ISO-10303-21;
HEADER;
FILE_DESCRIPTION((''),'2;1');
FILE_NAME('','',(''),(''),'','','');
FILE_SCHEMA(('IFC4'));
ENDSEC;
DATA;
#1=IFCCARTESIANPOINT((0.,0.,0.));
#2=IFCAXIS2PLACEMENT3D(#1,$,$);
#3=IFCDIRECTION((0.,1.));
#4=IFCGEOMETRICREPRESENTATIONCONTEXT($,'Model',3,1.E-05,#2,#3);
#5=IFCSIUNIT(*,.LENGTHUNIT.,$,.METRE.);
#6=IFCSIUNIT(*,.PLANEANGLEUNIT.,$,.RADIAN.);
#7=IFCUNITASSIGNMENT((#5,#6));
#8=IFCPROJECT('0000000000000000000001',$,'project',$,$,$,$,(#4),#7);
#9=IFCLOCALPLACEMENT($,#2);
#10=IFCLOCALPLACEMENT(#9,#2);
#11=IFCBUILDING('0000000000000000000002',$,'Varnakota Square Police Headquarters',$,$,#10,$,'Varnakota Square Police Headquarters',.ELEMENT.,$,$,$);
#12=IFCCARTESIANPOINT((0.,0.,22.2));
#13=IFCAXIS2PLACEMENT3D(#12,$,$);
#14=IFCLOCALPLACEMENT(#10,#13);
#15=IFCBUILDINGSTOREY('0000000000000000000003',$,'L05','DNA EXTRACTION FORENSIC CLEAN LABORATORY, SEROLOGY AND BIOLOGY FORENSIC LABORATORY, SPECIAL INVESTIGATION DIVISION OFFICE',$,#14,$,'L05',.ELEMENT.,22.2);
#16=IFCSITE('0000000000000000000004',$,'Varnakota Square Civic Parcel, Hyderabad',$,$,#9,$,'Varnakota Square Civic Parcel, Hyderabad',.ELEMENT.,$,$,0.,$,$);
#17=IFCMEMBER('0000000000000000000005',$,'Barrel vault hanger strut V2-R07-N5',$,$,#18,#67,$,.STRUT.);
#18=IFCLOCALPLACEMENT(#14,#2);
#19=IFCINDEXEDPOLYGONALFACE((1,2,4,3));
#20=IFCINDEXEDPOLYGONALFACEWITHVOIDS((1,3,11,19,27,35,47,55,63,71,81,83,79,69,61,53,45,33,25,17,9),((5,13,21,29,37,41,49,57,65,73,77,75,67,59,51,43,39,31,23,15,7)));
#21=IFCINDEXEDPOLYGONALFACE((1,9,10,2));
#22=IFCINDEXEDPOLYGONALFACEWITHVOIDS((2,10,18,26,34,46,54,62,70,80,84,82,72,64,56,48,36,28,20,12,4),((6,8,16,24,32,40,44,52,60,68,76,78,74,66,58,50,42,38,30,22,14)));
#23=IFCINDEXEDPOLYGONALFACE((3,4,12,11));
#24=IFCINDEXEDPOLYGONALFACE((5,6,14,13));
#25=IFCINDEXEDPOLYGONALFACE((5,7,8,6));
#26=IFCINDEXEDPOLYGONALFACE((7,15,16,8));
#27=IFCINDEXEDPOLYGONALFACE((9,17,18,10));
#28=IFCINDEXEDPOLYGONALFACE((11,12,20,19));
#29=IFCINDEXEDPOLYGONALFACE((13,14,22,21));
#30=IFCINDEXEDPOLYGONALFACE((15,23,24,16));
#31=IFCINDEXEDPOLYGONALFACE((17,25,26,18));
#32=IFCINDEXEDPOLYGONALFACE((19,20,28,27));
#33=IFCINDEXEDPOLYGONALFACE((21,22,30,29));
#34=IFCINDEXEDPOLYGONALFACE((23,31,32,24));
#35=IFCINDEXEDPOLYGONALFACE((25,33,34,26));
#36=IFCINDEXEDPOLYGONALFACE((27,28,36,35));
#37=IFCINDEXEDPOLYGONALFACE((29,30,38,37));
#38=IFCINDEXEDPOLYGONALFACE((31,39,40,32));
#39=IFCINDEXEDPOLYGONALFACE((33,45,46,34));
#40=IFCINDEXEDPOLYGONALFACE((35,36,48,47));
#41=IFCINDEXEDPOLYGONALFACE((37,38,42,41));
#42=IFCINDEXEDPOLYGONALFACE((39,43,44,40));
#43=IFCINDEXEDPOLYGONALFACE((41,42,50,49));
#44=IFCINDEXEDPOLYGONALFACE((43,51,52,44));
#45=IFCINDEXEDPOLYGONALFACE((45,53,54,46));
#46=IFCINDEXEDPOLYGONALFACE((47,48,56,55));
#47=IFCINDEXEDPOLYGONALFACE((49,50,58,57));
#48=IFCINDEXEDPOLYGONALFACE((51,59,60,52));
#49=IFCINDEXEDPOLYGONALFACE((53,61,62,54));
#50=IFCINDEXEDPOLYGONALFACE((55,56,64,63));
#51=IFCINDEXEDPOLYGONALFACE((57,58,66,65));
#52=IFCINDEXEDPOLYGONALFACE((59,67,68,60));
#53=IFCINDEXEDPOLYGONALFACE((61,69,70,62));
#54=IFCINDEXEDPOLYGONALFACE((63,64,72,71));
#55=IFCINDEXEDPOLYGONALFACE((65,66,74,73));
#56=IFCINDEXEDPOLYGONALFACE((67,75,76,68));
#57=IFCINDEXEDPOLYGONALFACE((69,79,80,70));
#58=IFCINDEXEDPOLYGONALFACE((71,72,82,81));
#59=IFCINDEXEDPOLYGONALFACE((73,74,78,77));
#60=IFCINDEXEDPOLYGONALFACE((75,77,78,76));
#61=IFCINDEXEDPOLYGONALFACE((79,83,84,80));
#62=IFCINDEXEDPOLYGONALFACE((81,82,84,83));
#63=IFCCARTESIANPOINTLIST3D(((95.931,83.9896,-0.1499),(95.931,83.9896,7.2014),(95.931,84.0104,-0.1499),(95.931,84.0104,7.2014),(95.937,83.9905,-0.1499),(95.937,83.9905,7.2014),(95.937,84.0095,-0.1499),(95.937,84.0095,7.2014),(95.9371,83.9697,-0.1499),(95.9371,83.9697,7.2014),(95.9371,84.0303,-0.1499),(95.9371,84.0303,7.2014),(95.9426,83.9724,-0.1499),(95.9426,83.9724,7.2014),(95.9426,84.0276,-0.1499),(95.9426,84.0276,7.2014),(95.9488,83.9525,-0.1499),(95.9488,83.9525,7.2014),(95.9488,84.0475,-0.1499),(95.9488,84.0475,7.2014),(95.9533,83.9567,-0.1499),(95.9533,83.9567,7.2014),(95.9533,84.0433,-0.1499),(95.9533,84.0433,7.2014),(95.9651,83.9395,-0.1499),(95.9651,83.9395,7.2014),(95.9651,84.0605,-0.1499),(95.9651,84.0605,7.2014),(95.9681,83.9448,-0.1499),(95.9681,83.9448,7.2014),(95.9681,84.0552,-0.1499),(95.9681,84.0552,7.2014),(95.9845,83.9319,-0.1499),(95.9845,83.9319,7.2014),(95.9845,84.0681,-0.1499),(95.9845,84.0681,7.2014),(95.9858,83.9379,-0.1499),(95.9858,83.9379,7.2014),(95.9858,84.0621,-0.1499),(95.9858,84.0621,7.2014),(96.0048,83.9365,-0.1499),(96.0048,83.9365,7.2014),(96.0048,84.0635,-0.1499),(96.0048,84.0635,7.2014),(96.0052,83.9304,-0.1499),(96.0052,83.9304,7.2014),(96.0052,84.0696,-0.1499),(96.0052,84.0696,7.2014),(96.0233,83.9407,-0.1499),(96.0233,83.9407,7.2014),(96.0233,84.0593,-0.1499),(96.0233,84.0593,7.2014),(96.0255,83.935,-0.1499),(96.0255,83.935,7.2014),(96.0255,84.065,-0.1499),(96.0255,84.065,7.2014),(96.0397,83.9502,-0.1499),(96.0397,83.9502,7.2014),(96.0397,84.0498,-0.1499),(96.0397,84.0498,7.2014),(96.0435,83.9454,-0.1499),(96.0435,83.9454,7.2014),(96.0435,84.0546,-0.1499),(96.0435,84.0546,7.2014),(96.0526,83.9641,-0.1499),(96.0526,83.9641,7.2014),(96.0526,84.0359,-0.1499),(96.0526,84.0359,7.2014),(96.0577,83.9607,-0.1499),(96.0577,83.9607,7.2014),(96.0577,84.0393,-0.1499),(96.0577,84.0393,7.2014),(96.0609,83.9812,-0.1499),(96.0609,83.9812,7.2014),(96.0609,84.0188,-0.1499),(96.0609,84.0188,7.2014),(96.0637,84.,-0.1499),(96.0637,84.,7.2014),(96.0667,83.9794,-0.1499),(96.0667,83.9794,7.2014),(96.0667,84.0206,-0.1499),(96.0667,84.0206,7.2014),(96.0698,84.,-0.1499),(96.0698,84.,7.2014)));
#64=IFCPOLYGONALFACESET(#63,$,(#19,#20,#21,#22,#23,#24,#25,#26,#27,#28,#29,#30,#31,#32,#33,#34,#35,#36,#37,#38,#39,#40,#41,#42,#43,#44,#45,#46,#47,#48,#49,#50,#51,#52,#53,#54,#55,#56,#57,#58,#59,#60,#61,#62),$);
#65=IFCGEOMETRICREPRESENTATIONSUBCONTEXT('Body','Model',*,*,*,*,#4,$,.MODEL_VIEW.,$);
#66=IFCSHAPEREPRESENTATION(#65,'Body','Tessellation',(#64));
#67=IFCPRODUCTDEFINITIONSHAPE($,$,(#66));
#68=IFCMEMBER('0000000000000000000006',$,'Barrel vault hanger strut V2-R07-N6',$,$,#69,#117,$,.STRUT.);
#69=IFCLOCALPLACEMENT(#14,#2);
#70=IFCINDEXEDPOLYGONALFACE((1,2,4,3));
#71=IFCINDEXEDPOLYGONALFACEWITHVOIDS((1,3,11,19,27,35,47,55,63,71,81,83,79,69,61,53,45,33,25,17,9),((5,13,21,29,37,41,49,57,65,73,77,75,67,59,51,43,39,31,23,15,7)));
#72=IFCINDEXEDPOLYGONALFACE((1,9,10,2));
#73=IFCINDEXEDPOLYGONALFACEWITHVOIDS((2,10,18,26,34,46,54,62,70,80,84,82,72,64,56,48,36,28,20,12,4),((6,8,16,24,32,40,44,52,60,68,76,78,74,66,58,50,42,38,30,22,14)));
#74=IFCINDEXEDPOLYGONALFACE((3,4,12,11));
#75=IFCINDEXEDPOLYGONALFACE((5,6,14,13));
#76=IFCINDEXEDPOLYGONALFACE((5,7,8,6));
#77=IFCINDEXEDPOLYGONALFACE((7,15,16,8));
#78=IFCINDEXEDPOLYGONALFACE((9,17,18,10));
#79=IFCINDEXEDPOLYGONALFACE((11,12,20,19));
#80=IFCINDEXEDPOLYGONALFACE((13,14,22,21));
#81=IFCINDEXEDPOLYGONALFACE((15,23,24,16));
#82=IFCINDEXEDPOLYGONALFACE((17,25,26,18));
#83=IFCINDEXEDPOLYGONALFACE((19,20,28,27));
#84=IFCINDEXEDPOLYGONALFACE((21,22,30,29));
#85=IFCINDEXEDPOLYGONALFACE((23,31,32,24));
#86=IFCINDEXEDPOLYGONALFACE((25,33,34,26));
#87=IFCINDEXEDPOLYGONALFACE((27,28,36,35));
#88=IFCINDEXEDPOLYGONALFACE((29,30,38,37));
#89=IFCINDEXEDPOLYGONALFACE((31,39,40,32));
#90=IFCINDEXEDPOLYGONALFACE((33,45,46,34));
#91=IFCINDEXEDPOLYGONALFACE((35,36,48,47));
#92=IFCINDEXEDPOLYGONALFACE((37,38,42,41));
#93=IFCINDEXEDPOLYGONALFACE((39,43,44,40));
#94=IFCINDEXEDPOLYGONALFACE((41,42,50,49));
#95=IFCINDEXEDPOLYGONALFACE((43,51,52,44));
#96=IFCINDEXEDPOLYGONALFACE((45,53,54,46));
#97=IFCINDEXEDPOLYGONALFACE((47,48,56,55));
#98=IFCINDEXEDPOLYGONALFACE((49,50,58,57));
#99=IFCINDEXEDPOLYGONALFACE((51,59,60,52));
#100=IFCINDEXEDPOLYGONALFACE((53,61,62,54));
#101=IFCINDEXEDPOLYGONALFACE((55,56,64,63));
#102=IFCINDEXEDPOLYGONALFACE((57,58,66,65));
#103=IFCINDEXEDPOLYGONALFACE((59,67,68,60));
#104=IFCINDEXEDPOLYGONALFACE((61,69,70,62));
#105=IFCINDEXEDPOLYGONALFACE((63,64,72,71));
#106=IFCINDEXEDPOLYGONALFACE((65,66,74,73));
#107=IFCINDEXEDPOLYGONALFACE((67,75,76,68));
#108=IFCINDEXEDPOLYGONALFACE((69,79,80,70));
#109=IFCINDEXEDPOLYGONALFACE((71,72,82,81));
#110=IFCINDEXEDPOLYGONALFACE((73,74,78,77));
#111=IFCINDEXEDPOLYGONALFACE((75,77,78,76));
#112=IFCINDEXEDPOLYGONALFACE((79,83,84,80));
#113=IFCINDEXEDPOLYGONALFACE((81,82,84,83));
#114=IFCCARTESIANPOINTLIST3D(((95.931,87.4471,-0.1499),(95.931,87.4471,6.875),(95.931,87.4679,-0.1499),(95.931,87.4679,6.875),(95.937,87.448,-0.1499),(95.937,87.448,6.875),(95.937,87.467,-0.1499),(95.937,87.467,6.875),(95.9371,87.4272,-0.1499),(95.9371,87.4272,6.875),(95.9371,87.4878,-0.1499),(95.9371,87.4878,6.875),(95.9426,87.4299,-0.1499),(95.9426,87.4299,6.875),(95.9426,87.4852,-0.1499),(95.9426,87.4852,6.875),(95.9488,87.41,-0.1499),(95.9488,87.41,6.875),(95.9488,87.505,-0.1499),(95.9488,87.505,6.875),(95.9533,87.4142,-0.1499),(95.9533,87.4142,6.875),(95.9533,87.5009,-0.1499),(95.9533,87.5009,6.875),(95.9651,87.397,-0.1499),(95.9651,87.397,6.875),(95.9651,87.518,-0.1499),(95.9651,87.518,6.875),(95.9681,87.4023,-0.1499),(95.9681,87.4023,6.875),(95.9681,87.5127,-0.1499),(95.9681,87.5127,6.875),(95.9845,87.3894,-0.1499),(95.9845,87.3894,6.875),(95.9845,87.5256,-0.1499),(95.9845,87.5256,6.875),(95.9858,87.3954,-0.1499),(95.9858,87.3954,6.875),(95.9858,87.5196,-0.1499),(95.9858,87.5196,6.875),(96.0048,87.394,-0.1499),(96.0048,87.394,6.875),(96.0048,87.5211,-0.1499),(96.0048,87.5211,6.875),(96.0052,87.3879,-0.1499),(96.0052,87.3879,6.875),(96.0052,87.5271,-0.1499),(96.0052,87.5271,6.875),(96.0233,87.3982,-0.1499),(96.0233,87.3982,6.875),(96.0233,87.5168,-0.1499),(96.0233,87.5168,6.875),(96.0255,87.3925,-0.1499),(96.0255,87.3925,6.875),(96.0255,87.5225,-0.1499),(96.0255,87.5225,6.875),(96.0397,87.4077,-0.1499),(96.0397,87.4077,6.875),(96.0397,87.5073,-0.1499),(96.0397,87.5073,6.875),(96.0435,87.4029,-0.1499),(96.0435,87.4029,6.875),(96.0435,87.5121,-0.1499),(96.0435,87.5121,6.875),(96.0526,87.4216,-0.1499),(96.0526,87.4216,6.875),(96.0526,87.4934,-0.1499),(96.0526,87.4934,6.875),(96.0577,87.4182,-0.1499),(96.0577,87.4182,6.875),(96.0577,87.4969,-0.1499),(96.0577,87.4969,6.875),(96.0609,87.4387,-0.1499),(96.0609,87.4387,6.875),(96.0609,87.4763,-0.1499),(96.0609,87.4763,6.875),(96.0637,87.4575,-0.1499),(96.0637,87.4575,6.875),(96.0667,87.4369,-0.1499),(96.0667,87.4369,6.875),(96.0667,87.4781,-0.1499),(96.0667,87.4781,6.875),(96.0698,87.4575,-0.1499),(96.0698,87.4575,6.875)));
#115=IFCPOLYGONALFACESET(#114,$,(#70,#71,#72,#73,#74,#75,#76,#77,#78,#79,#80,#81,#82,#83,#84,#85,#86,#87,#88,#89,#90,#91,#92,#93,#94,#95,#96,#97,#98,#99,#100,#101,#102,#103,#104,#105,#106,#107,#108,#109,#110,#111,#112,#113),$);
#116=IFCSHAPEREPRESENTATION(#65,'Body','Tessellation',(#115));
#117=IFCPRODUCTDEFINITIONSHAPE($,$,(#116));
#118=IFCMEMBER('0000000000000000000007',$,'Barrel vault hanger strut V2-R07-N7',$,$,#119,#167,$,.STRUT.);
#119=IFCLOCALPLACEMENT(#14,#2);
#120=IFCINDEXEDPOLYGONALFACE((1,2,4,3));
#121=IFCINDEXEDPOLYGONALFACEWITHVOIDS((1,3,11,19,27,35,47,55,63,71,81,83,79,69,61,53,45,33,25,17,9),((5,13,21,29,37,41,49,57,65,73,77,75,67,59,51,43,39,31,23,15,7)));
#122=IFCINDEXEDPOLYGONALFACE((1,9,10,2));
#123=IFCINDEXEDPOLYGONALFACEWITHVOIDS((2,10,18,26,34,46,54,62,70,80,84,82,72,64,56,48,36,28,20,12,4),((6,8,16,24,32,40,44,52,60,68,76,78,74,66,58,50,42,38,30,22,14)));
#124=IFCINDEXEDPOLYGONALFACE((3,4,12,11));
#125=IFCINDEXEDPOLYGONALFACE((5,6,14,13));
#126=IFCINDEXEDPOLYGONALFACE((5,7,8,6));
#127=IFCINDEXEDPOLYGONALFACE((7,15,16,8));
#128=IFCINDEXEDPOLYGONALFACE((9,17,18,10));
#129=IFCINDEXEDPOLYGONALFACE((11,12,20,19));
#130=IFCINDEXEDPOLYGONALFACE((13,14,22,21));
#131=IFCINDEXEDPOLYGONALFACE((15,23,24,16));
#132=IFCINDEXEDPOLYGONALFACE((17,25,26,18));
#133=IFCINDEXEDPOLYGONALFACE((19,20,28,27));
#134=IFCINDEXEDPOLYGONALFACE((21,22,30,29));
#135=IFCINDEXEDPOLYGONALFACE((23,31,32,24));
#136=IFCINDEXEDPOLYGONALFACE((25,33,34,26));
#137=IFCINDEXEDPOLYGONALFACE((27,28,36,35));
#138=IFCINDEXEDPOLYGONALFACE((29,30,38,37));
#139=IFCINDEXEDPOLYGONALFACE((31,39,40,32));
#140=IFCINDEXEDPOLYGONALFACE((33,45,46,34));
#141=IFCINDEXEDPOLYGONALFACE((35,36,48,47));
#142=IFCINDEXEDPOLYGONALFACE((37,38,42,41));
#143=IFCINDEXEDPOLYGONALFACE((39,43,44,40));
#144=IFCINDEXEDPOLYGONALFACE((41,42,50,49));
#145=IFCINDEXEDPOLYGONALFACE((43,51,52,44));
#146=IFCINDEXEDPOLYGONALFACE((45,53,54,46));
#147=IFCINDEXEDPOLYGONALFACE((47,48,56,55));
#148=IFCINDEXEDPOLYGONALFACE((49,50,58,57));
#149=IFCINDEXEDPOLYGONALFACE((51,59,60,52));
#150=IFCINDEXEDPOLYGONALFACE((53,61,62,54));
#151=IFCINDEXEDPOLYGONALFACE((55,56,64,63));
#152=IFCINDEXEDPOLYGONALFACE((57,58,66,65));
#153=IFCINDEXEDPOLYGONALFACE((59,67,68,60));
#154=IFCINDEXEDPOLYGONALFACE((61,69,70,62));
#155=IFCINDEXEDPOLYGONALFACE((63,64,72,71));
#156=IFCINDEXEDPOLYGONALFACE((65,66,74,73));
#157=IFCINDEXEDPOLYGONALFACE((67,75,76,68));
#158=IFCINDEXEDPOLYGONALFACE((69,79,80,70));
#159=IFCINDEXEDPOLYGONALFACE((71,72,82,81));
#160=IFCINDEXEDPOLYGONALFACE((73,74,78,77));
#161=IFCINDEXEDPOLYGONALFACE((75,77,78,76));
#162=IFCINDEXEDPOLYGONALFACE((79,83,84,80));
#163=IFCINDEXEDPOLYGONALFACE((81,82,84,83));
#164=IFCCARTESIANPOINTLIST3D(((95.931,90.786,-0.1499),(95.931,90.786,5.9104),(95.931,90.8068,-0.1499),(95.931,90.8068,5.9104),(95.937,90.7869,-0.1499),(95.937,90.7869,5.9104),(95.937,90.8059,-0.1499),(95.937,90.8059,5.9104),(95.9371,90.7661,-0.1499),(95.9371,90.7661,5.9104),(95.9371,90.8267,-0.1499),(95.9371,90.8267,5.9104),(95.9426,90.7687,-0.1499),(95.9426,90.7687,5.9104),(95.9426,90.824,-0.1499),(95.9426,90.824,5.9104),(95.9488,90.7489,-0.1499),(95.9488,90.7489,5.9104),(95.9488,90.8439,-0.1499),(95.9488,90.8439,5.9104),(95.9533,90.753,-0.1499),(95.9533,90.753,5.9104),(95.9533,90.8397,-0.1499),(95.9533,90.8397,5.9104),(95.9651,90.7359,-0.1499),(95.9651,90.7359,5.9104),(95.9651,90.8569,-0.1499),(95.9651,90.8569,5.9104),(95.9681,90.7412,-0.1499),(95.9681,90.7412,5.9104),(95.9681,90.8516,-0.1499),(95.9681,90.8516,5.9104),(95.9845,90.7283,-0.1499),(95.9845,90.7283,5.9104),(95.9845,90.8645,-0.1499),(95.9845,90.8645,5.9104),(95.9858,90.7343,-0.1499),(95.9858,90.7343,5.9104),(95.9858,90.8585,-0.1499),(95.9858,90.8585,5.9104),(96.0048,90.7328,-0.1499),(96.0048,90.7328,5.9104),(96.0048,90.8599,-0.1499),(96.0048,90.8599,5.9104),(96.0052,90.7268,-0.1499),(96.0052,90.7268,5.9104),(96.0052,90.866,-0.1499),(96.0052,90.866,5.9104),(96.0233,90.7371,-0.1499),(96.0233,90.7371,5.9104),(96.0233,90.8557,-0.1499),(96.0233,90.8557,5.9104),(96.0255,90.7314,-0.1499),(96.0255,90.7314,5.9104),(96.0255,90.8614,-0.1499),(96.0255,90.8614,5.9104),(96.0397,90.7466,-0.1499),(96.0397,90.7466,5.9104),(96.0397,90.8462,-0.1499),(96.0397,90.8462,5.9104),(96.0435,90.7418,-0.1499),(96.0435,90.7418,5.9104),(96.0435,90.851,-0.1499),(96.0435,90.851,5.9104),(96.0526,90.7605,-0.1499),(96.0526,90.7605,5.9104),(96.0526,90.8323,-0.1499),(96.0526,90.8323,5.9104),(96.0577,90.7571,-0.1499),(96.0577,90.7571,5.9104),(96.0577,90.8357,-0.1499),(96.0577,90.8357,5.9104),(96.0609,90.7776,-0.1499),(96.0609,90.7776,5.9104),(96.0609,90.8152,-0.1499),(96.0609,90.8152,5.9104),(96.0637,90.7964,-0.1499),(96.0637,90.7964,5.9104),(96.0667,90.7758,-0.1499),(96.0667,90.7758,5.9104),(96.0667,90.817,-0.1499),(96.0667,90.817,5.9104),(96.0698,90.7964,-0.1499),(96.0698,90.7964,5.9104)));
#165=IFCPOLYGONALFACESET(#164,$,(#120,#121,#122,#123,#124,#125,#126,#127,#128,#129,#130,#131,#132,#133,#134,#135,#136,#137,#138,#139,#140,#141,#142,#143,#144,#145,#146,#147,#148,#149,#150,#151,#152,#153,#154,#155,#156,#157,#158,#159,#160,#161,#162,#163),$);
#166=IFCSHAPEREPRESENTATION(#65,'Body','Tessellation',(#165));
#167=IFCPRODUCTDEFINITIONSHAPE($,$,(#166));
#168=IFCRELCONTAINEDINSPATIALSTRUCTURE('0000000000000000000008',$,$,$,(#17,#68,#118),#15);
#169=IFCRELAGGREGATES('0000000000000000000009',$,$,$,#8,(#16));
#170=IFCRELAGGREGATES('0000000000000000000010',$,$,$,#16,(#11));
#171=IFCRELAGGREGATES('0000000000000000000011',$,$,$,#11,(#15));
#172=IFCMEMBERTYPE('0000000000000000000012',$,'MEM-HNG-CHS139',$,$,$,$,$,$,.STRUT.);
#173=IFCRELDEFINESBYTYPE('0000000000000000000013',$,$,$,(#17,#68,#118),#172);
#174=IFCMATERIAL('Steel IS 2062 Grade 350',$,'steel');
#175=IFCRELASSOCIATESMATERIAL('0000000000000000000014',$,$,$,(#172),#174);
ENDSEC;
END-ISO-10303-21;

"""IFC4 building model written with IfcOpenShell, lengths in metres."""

from ifc_helpers import new_model, si_unit, direction, frame, origin, origin_2d, place, context, subcontext, project, spatial, hollow_circle, extrude, material, material_profile, profile_set, type_object, element, save


model = new_model("IFC4")

# Units and contexts
model_context = context("Model", 3, precision=1e-05, world=origin(), true_north=direction((0.0, 1.0)))
body_context = subcontext(model_context, "Body", "Model", "MODEL_VIEW")
ifc_project = project(units=[si_unit("LENGTHUNIT", "METRE"), si_unit("PLANEANGLEUNIT", "RADIAN")], contexts=[model_context])

# Site, building, storey
site_placement = place(None, origin())
site = spatial("IfcSite", under=ifc_project, at=site_placement, Name="Varnakota Square Civic Parcel, Hyderabad", LongName="Varnakota Square Civic Parcel, Hyderabad", CompositionType="ELEMENT", RefElevation=0.0)
building_placement = place(site_placement, origin())
building = spatial("IfcBuilding", under=site, at=building_placement, Name="Varnakota Square Police Headquarters", LongName="Varnakota Square Police Headquarters", CompositionType="ELEMENT")
storey_placement = place(building_placement, frame((0.0, 0.0, 22.2)))
storey = spatial("IfcBuildingStorey", under=building, at=storey_placement, Name="L05", Description="DNA EXTRACTION FORENSIC CLEAN LABORATORY, SEROLOGY AND BIOLOGY FORENSIC LABORATORY, SPECIAL INVESTIGATION DIVISION OFFICE", LongName="L05", CompositionType="ELEMENT", Elevation=22.2)

# Shared definitions
ifc_material_1 = material(Name="Steel IS 2062 Grade 350", Category="steel")

# Members
ifc_material_profile_1 = material_profile(ifc_material_1, hollow_circle(Radius=0.0698, WallThickness=0.0061, at=origin_2d()), Name="CHS 139.7x6.0")
ifc_profile_set_1 = profile_set([ifc_material_profile_1], Name="Steel IS 2062 Grade 350")
member_type_1 = type_object("IfcMemberType", Name="MEM-HNG-CHS139", PredefinedType="STRUT", material=ifc_profile_set_1)
member_1_placement = place(storey_placement, frame((96.0, 84.0, -0.1499), z_axis=(0.0, 0.0, 1.0), x_axis=(1.0, 0.0, 0.0)))
element("IfcMember", 1, at=member_1_placement, inside=storey, type_object=member_type_1, Name="Barrel vault hanger strut V2-R07-N5", PredefinedType="STRUT", context=body_context, shape_type="SweptSolid", body=[
    extrude(hollow_circle(Radius=0.0698, WallThickness=0.0061, at=origin_2d()), origin(), (0.0, 0.0, 1.0), 7.3513),
])
member_2_placement = place(storey_placement, frame((96.0, 87.4575, -0.1499), z_axis=(0.0, 0.0, 1.0), x_axis=(1.0, 0.0, 0.0)))
element("IfcMember", 2, at=member_2_placement, inside=storey, type_object=member_type_1, Name="Barrel vault hanger strut V2-R07-N6", PredefinedType="STRUT", context=body_context, shape_type="SweptSolid", body=[
    extrude(hollow_circle(Radius=0.0698, WallThickness=0.0061, at=origin_2d()), origin(), (0.0, 0.0, 1.0), 7.0249),
])
member_3_placement = place(storey_placement, frame((96.0, 90.7964, -0.1499), z_axis=(0.0, 0.0, 1.0), x_axis=(1.0, 0.0, 0.0)))
element("IfcMember", 3, at=member_3_placement, inside=storey, type_object=member_type_1, Name="Barrel vault hanger strut V2-R07-N7", PredefinedType="STRUT", context=body_context, shape_type="SweptSolid", body=[
    extrude(hollow_circle(Radius=0.0698, WallThickness=0.0061, at=origin_2d()), origin(), (0.0, 0.0, 1.0), 6.0603),
])

save(model, "model.ifc")
